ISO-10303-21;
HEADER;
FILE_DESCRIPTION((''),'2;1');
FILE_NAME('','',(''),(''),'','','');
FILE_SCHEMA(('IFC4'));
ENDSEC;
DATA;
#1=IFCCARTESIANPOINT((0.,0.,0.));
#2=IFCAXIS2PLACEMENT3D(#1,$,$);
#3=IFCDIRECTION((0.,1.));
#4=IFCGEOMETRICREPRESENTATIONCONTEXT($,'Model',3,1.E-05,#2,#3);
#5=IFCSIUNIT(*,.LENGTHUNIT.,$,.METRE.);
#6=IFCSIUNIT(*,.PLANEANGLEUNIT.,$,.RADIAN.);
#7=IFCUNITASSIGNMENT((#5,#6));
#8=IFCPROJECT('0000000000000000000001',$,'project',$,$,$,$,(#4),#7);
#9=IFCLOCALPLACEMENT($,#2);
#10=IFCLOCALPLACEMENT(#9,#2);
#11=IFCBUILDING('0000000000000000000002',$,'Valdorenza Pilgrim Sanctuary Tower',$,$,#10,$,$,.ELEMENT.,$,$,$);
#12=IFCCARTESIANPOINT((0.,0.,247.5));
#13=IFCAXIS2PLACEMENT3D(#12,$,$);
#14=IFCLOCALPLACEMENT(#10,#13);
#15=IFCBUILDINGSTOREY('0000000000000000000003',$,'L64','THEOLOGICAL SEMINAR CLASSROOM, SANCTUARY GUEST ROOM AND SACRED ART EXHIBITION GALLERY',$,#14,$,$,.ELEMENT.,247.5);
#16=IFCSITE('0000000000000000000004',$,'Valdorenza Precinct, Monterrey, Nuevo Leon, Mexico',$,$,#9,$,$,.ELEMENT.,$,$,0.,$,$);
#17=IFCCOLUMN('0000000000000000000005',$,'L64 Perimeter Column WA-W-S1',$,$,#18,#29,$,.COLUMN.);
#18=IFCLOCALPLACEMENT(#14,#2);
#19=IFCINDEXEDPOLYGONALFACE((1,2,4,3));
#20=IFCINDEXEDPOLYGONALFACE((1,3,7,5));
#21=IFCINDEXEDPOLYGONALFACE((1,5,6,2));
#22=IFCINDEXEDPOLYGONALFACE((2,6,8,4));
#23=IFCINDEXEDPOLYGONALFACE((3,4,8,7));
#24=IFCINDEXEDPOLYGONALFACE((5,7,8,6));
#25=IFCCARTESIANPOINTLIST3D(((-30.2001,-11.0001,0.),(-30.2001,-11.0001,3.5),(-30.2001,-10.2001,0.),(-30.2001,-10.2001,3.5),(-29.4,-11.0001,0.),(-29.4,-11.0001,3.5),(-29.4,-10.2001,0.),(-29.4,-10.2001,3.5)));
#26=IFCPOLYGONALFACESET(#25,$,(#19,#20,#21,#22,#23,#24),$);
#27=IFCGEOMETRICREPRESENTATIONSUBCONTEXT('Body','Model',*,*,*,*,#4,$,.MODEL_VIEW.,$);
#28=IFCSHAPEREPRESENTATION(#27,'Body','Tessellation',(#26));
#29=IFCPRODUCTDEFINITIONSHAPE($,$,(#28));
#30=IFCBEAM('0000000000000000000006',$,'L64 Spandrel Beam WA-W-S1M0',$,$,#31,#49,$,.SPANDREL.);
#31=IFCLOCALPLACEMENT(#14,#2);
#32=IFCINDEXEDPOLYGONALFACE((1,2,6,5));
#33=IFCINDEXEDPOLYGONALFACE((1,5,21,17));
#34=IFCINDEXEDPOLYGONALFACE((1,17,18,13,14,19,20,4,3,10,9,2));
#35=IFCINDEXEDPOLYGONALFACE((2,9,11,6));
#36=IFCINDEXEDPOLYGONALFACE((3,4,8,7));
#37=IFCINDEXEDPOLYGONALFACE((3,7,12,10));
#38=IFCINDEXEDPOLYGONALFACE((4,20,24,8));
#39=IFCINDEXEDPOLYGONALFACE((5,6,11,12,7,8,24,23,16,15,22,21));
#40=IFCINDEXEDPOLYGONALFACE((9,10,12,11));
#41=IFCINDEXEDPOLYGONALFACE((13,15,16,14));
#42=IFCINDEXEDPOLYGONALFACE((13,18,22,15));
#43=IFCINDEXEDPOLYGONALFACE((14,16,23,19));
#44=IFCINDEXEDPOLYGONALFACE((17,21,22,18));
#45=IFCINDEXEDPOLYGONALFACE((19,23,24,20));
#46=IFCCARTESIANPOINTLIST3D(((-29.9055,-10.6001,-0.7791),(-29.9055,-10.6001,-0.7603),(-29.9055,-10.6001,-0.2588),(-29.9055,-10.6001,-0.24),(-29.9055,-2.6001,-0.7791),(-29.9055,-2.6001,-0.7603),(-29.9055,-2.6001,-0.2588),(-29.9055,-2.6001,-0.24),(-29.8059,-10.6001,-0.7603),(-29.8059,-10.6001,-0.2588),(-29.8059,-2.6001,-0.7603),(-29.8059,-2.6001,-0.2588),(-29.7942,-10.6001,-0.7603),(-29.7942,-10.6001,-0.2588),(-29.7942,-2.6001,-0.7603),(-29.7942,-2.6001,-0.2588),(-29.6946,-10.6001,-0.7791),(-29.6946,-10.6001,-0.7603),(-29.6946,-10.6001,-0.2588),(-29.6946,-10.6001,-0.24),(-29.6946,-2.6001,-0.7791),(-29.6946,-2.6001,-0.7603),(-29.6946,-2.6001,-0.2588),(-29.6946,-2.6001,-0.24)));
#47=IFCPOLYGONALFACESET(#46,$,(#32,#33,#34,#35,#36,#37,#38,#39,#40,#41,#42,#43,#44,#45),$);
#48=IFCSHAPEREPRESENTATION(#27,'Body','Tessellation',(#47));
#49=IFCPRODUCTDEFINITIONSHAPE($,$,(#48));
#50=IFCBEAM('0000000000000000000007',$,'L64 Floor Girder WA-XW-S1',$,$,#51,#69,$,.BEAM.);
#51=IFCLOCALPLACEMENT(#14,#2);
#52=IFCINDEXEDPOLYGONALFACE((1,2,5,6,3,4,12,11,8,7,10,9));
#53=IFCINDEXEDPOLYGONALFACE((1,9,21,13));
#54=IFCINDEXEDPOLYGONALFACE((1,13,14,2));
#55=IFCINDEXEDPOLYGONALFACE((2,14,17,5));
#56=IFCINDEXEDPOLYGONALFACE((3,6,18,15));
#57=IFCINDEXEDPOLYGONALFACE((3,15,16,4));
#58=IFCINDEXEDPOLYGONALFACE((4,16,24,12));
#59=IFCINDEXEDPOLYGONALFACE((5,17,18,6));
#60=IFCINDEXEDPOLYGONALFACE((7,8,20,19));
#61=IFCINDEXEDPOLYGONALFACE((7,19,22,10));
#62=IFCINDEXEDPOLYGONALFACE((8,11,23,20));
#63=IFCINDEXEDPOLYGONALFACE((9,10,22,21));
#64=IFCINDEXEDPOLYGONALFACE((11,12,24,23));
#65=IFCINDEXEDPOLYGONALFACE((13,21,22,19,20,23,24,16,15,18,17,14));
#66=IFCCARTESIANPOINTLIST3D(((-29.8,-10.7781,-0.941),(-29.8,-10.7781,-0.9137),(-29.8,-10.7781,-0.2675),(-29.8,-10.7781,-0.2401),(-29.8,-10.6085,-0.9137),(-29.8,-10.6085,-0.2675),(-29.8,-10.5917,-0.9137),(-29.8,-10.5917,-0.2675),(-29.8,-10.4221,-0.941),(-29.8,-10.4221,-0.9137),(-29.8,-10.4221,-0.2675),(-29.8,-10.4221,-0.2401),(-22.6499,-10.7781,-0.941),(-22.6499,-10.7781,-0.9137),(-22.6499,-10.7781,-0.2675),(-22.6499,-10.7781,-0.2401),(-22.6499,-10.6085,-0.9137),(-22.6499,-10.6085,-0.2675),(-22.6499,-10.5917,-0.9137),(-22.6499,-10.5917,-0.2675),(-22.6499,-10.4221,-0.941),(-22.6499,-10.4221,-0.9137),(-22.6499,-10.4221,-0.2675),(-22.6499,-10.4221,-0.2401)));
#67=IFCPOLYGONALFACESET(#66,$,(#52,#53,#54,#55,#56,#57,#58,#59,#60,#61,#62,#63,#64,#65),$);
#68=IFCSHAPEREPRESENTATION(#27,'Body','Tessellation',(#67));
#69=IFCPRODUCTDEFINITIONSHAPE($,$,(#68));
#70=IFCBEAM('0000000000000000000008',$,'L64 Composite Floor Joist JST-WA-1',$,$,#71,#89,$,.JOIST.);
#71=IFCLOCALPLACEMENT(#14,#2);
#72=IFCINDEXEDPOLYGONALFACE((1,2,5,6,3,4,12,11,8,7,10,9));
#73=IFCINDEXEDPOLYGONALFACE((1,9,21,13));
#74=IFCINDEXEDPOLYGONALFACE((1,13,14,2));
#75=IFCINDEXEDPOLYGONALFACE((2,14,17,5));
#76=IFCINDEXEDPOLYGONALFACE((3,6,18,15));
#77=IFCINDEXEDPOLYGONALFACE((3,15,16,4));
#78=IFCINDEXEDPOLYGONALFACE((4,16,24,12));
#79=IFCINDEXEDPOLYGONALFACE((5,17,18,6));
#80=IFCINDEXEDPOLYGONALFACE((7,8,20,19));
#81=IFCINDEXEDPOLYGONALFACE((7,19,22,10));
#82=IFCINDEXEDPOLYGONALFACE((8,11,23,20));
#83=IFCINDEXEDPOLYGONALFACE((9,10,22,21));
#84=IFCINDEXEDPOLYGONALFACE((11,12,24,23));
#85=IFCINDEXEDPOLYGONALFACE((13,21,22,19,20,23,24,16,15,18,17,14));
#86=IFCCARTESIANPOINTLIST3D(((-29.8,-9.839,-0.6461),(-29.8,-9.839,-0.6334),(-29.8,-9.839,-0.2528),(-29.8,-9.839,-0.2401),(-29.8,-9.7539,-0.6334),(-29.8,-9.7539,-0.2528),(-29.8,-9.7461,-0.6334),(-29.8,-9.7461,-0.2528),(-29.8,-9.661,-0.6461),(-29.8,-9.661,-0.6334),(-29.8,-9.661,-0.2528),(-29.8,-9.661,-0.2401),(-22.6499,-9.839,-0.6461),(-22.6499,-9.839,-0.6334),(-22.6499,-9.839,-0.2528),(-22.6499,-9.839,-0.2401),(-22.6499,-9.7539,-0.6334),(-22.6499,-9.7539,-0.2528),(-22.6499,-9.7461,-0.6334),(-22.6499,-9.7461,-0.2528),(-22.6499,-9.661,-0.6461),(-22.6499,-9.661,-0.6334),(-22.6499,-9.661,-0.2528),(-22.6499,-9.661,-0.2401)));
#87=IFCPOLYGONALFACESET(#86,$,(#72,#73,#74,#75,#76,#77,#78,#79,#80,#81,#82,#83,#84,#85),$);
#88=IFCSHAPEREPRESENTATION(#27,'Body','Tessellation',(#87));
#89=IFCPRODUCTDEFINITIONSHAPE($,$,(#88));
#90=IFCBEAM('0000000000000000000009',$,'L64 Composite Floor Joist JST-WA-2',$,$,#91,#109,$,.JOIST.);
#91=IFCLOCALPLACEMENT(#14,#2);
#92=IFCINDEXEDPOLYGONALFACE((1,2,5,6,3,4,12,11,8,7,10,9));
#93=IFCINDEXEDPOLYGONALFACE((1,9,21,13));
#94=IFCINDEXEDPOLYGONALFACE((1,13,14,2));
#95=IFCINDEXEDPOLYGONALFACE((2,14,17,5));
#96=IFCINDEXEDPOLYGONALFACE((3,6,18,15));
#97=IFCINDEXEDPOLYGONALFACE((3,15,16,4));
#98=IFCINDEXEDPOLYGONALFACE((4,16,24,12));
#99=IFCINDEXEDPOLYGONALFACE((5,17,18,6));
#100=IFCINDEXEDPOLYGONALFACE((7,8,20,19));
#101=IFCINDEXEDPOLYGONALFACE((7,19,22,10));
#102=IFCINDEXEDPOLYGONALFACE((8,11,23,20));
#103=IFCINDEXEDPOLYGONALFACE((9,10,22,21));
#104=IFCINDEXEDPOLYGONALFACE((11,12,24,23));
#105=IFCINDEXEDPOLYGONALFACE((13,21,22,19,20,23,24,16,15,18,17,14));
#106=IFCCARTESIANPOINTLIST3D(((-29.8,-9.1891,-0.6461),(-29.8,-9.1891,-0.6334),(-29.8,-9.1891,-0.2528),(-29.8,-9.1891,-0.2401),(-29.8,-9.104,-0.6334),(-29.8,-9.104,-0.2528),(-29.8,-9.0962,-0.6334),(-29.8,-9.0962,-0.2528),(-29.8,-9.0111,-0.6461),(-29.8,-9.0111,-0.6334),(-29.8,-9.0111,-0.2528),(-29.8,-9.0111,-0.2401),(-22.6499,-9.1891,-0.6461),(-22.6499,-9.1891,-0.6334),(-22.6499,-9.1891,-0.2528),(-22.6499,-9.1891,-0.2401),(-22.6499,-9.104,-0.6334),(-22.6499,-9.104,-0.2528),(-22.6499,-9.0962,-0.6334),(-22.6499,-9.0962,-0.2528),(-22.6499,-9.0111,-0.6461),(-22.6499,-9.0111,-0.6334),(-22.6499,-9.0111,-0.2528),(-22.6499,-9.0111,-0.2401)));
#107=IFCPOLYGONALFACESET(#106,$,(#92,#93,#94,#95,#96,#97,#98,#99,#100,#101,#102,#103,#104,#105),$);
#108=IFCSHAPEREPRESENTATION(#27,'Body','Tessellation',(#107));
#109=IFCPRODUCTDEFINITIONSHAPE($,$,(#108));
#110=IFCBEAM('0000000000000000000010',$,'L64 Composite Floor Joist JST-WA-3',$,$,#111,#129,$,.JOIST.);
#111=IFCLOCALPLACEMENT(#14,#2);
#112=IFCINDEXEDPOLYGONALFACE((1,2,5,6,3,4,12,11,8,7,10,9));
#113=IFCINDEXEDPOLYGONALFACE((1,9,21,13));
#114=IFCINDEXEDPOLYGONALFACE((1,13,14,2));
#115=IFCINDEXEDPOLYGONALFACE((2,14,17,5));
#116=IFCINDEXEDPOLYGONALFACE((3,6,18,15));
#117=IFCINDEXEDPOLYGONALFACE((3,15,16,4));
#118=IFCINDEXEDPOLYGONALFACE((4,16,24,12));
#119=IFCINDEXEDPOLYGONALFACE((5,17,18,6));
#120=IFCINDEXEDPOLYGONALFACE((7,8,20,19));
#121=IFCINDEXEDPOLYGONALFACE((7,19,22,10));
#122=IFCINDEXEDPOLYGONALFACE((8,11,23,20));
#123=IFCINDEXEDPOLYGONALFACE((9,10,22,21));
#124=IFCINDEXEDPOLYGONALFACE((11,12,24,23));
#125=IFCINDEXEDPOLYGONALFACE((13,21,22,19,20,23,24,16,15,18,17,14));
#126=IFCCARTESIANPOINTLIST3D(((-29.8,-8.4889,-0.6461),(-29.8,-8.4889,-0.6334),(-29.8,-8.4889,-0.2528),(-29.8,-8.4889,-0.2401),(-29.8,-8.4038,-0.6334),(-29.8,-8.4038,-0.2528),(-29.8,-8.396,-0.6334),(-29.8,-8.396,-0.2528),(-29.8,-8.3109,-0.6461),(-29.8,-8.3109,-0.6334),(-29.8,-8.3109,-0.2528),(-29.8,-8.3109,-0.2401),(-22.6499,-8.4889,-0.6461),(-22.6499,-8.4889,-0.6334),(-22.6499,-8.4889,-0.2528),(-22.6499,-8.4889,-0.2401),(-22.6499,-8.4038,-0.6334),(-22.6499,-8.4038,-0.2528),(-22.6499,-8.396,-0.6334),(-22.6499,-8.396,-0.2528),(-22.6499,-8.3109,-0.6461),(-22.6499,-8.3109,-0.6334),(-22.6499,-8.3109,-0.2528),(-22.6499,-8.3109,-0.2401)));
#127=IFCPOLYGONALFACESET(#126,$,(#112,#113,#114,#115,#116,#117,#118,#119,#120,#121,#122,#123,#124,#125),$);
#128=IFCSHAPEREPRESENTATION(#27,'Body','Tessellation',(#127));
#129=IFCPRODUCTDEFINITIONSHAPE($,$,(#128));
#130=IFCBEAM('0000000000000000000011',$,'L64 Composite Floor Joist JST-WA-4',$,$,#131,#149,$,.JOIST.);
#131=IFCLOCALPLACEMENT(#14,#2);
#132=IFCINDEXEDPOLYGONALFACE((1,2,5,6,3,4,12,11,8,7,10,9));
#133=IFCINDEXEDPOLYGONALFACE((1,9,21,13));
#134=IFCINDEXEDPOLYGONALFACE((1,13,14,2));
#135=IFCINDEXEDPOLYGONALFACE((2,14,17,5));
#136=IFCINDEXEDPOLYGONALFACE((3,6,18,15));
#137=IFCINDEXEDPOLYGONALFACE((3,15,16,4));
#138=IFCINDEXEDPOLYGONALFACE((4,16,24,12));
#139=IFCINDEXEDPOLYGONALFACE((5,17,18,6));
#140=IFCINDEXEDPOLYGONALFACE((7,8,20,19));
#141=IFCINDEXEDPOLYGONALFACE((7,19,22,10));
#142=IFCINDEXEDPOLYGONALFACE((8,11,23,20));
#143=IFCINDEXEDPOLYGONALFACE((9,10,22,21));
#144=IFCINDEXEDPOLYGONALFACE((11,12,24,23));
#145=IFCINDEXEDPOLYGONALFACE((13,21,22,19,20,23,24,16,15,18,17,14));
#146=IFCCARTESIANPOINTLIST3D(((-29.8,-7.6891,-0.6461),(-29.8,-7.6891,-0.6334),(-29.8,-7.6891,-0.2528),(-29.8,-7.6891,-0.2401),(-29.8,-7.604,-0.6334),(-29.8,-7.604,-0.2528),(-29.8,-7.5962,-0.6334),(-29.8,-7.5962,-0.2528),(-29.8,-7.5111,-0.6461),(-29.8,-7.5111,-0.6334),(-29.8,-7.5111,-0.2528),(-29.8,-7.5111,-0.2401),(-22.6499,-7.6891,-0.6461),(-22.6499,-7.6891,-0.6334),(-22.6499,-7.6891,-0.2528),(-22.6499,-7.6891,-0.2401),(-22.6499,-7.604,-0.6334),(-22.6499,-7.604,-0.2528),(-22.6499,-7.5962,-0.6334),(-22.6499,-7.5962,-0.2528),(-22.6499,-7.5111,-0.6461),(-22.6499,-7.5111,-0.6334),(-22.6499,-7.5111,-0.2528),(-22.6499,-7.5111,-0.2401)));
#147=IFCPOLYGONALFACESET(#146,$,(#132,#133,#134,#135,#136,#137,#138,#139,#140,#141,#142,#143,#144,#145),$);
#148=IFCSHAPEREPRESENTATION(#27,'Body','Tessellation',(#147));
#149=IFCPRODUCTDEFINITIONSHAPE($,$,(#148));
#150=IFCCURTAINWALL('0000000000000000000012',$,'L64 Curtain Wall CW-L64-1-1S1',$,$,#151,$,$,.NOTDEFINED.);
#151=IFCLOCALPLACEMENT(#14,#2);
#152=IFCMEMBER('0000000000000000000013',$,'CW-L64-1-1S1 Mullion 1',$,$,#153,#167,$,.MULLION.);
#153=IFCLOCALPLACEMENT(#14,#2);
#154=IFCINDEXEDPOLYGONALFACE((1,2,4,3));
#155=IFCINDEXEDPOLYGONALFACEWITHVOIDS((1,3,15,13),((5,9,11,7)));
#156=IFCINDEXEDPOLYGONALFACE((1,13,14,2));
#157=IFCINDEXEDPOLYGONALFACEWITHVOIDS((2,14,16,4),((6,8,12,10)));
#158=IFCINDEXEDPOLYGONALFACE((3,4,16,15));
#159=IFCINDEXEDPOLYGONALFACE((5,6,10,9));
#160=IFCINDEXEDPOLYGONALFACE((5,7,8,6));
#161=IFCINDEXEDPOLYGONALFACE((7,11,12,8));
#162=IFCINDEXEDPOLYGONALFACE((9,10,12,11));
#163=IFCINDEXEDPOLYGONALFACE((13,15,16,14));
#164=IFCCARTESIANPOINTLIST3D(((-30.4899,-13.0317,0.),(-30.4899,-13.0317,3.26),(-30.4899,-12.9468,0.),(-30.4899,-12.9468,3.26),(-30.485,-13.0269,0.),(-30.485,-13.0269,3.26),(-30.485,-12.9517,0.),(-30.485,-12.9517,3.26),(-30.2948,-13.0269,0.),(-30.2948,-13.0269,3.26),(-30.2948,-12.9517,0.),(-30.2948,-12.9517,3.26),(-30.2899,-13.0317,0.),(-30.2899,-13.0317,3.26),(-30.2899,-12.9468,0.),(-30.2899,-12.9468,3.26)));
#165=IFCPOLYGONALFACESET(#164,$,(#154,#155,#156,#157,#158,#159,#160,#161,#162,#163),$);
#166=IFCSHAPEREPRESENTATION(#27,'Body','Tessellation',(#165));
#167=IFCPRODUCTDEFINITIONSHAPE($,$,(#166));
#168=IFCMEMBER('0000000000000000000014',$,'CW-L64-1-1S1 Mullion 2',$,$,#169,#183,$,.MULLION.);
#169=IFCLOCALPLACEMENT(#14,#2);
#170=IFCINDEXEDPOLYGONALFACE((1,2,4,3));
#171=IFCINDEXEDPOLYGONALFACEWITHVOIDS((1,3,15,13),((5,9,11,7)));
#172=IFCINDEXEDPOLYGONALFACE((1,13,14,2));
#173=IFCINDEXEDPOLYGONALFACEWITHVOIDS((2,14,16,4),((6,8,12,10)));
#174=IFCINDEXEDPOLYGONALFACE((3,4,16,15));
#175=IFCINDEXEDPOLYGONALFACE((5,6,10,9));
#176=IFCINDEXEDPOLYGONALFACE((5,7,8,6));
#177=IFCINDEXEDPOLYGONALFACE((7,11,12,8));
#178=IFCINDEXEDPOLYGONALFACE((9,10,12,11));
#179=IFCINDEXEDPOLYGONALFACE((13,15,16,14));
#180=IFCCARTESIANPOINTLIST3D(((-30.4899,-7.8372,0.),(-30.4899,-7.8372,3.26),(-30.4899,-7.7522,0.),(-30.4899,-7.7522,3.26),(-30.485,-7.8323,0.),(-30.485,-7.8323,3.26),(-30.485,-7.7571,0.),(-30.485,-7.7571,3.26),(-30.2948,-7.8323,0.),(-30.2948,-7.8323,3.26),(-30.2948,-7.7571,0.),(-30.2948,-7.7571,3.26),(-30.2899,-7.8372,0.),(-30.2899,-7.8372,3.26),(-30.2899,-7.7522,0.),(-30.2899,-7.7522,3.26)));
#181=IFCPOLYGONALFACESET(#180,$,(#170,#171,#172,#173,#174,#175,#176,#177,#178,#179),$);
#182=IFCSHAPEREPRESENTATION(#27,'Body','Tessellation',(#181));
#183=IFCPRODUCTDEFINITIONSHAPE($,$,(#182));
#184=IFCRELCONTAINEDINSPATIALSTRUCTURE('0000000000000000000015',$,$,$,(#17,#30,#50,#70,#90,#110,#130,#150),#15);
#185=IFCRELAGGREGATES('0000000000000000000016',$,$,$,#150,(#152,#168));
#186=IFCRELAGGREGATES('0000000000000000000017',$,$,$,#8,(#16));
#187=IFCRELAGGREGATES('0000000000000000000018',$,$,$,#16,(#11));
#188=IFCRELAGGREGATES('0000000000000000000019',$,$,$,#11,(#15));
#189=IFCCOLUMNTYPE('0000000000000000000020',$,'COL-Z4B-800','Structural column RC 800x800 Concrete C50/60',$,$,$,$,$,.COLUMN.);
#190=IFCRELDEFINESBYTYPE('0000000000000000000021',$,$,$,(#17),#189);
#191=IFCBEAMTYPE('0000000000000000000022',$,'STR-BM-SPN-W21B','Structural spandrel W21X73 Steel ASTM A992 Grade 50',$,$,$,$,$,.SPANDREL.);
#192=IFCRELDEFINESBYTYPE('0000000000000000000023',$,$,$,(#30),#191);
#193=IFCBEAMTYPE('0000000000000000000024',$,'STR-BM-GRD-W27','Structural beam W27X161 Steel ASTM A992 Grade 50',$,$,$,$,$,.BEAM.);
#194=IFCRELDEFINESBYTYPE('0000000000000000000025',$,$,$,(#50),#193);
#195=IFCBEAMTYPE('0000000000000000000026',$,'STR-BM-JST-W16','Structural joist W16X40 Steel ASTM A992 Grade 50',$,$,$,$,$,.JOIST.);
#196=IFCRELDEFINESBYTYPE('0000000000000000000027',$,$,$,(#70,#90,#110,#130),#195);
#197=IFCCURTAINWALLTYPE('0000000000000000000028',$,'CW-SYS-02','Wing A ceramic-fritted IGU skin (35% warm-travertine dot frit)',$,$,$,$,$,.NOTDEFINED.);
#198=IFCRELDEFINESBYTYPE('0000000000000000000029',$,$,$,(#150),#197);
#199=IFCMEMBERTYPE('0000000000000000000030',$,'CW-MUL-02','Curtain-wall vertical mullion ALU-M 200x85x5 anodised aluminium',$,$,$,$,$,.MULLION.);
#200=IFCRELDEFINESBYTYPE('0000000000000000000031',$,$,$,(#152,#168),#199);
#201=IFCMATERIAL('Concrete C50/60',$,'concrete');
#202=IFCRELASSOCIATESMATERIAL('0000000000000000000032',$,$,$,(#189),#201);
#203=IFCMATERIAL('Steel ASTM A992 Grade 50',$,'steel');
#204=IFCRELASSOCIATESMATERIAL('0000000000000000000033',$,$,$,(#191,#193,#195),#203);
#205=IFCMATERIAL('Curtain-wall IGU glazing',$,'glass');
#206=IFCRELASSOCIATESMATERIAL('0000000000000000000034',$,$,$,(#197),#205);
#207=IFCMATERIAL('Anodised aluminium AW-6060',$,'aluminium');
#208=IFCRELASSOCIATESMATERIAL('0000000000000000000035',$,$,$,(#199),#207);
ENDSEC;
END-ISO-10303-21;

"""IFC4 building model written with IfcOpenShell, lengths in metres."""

from ifc_helpers import new_model, si_unit, direction, frame, origin, origin_2d, place, context, subcontext, project, spatial, rectangle, hollow_rectangle, i_section, extrude, source, transform, mapped, material, material_profile, profile_set, type_object, element, aggregate, save


model = new_model("IFC4")

# Units and contexts
model_context = context("Model", 3, precision=1e-05, world=origin(), true_north=direction((0.0, 1.0)))
body_context = subcontext(model_context, "Body", "Model", "MODEL_VIEW")
ifc_project = project(units=[si_unit("LENGTHUNIT", "METRE"), si_unit("PLANEANGLEUNIT", "RADIAN")], contexts=[model_context])

# Site, building, storey
site_placement = place(None, origin())
site = spatial("IfcSite", under=ifc_project, at=site_placement, Name="Valdorenza Precinct, Monterrey, Nuevo Leon, Mexico", CompositionType="ELEMENT", RefElevation=0.0)
building_placement = place(site_placement, origin())
building = spatial("IfcBuilding", under=site, at=building_placement, Name="Valdorenza Pilgrim Sanctuary Tower", CompositionType="ELEMENT")
storey_placement = place(building_placement, frame((0.0, 0.0, 247.5)))
storey = spatial("IfcBuildingStorey", under=building, at=storey_placement, Name="L64", Description="THEOLOGICAL SEMINAR CLASSROOM, SANCTUARY GUEST ROOM AND SACRED ART EXHIBITION GALLERY", CompositionType="ELEMENT", Elevation=247.5)

# Column
ifc_material_1 = material(Name="Concrete C50/60", Category="concrete")
ifc_material_profile_1 = material_profile(ifc_material_1, rectangle(XDim=0.8, YDim=0.8, at=origin_2d()), Name="RC 800x800")
ifc_profile_set_1 = profile_set([ifc_material_profile_1], Name="Concrete C50/60")
column_type = type_object("IfcColumnType", Name="COL-Z4B-800", Description="Structural column RC 800x800 Concrete C50/60", PredefinedType="COLUMN", material=ifc_profile_set_1)
shared_shape_1 = source(origin(), body_context, "Body", "SweptSolid", [
    extrude(rectangle(XDim=0.8, YDim=0.8, at=origin_2d()), origin(), (0.0, 0.0, 1.0), 3.5),
])
column_placement = place(storey_placement, frame((-29.8, -10.6001, 0.0), z_axis=(0.0, 0.0, 1.0), x_axis=(1.0, 0.0, 0.0)))
element("IfcColumn", 1, at=column_placement, inside=storey, type_object=column_type, Name="L64 Perimeter Column WA-W-S1", PredefinedType="COLUMN", context=body_context, shape_type="MappedRepresentation", body=[
    mapped(shared_shape_1, transform((0.0, 0.0, 0.0), x_axis=(1.0, 0.0, 0.0), y_axis=(0.0, 1.0, 0.0), z_axis=(0.0, 0.0, 1.0), scale=1.0)),
])

# Beams
ifc_material_2 = material(Name="Steel ASTM A992 Grade 50", Category="steel")
ifc_material_profile_2 = material_profile(ifc_material_2, i_section(OverallWidth=0.2109, OverallDepth=0.5391, WebThickness=0.0117, FlangeThickness=0.0188, at=origin_2d()), Name="W21X73")
ifc_profile_set_2 = profile_set([ifc_material_profile_2], Name="Steel ASTM A992 Grade 50")
beam_type_1 = type_object("IfcBeamType", Name="STR-BM-SPN-W21B", Description="Structural spandrel W21X73 Steel ASTM A992 Grade 50", PredefinedType="SPANDREL", material=ifc_profile_set_2)
shared_shape_2 = source(origin(), body_context, "Body", "SweptSolid", [
    extrude(i_section(OverallWidth=0.2109, OverallDepth=0.5391, WebThickness=0.0117, FlangeThickness=0.0188, at=origin_2d()), origin(), (0.0, 0.0, 1.0), 8.0),
])
beam_1_placement = place(storey_placement, frame((-29.8, -10.6001, -0.5095), z_axis=(0.0, 1.0, 0.0), x_axis=(-1.0, 0.0, 0.0)))
element("IfcBeam", 2, at=beam_1_placement, inside=storey, type_object=beam_type_1, Name="L64 Spandrel Beam WA-W-S1M0", PredefinedType="SPANDREL", context=body_context, shape_type="MappedRepresentation", body=[
    mapped(shared_shape_2, transform((0.0, 0.0, 0.0), x_axis=(1.0, 0.0, 0.0), y_axis=(0.0, 1.0, 0.0), z_axis=(0.0, 0.0, 1.0), scale=1.0)),
])
ifc_material_profile_3 = material_profile(ifc_material_2, i_section(OverallWidth=0.356, OverallDepth=0.7009, WebThickness=0.0168, FlangeThickness=0.0273, at=origin_2d()), Name="W27X161")
ifc_profile_set_3 = profile_set([ifc_material_profile_3], Name="Steel ASTM A992 Grade 50")
beam_type_2 = type_object("IfcBeamType", Name="STR-BM-GRD-W27", Description="Structural beam W27X161 Steel ASTM A992 Grade 50", PredefinedType="BEAM", material=ifc_profile_set_3)
shared_shape_3 = source(origin(), body_context, "Body", "SweptSolid", [
    extrude(i_section(OverallWidth=0.356, OverallDepth=0.7009, WebThickness=0.0168, FlangeThickness=0.0273, at=origin_2d()), origin(), (0.0, 0.0, 1.0), 7.1501),
])
beam_2_placement = place(storey_placement, frame((-29.8, -10.6001, -0.5906), z_axis=(1.0, 0.0, 0.0), x_axis=(0.0, 1.0, 0.0)))
element("IfcBeam", 3, at=beam_2_placement, inside=storey, type_object=beam_type_2, Name="L64 Floor Girder WA-XW-S1", PredefinedType="BEAM", context=body_context, shape_type="MappedRepresentation", body=[
    mapped(shared_shape_3, transform((0.0, 0.0, 0.0), x_axis=(1.0, 0.0, 0.0), y_axis=(0.0, 1.0, 0.0), z_axis=(0.0, 0.0, 1.0), scale=1.0)),
])
ifc_material_profile_4 = material_profile(ifc_material_2, i_section(OverallWidth=0.178, OverallDepth=0.406, WebThickness=0.0078, FlangeThickness=0.0127, at=origin_2d()), Name="W16X40")
ifc_profile_set_4 = profile_set([ifc_material_profile_4], Name="Steel ASTM A992 Grade 50")
beam_type_3 = type_object("IfcBeamType", Name="STR-BM-JST-W16", Description="Structural joist W16X40 Steel ASTM A992 Grade 50", PredefinedType="JOIST", material=ifc_profile_set_4)
shared_shape_4 = source(origin(), body_context, "Body", "SweptSolid", [
    extrude(i_section(OverallWidth=0.178, OverallDepth=0.406, WebThickness=0.0078, FlangeThickness=0.0127, at=origin_2d()), origin(), (0.0, 0.0, 1.0), 7.1501),
])
for number, where, z_axis, x_axis, name in (
    (4, (-29.8, -9.75, -0.4431), (1.0, 0.0, 0.0), (0.0, 1.0, 0.0), "L64 Composite Floor Joist JST-WA-1"),
    (5, (-29.8, -9.1001, -0.4431), (1.0, 0.0, 0.0), (0.0, 1.0, 0.0), "L64 Composite Floor Joist JST-WA-2"),
    (6, (-29.8, -8.3999, -0.4431), (1.0, 0.0, 0.0), (0.0, 1.0, 0.0), "L64 Composite Floor Joist JST-WA-3"),
    (7, (-29.8, -7.6001, -0.4431), (1.0, 0.0, 0.0), (0.0, 1.0, 0.0), "L64 Composite Floor Joist JST-WA-4"),
):
    element("IfcBeam", number, at=place(storey_placement, frame(where, z_axis=z_axis, x_axis=x_axis)), inside=storey, type_object=beam_type_3, Name=name, PredefinedType="JOIST", context=body_context, shape_type="MappedRepresentation", body=[
        mapped(shared_shape_4, transform((0.0, 0.0, 0.0), x_axis=(1.0, 0.0, 0.0), y_axis=(0.0, 1.0, 0.0), z_axis=(0.0, 0.0, 1.0), scale=1.0)),
    ])

# Curtain wall, members
ifc_material_3 = material(Name="Curtain-wall IGU glazing", Category="glass")
curtain_wall_type = type_object("IfcCurtainWallType", Name="CW-SYS-02", Description="Wing A ceramic-fritted IGU skin (35% warm-travertine dot frit)", PredefinedType="NOTDEFINED", material=ifc_material_3)
curtain_wall_1_placement = place(storey_placement, origin())
curtain_wall_1 = element("IfcCurtainWall", 8, at=curtain_wall_1_placement, inside=storey, type_object=curtain_wall_type, Name="L64 Curtain Wall CW-L64-1-1S1", PredefinedType="NOTDEFINED")
ifc_material_4 = material(Name="Anodised aluminium AW-6060", Category="aluminium")
ifc_material_profile_5 = material_profile(ifc_material_4, hollow_rectangle(XDim=0.085, YDim=0.2, WallThickness=0.0049, at=origin_2d()), Name="ALU-M 200x85x5")
ifc_profile_set_5 = profile_set([ifc_material_profile_5], Name="Anodised aluminium AW-6060")
member_type_1 = type_object("IfcMemberType", Name="CW-MUL-02", Description="Curtain-wall vertical mullion ALU-M 200x85x5 anodised aluminium", PredefinedType="MULLION", material=ifc_profile_set_5)
shared_shape_5 = source(origin(), body_context, "Body", "SweptSolid", [
    extrude(hollow_rectangle(XDim=0.085, YDim=0.2, WallThickness=0.0049, at=origin_2d()), origin(), (0.0, 0.0, 1.0), 3.26),
])
member_1_placement = place(storey_placement, frame((-30.3899, -12.9893, 0.0), z_axis=(0.0, 0.0, 1.0), x_axis=(0.0, 1.0, 0.0)))
member_1 = element("IfcMember", 9, at=member_1_placement, type_object=member_type_1, Name="CW-L64-1-1S1 Mullion 1", PredefinedType="MULLION", context=body_context, shape_type="MappedRepresentation", body=[
    mapped(shared_shape_5, transform((0.0, 0.0, 0.0), x_axis=(1.0, 0.0, 0.0), y_axis=(0.0, 1.0, 0.0), z_axis=(0.0, 0.0, 1.0), scale=1.0)),
])
member_2_placement = place(storey_placement, frame((-30.3899, -7.7947, 0.0), z_axis=(0.0, 0.0, 1.0), x_axis=(0.0, 1.0, 0.0)))
member_2 = element("IfcMember", 10, at=member_2_placement, type_object=member_type_1, Name="CW-L64-1-1S1 Mullion 2", PredefinedType="MULLION", context=body_context, shape_type="MappedRepresentation", body=[
    mapped(shared_shape_5, transform((0.0, 0.0, 0.0), x_axis=(1.0, 0.0, 0.0), y_axis=(0.0, 1.0, 0.0), z_axis=(0.0, 0.0, 1.0), scale=1.0)),
])

aggregate(curtain_wall_1, [member_1, member_2])

save(model, "model.ifc")
